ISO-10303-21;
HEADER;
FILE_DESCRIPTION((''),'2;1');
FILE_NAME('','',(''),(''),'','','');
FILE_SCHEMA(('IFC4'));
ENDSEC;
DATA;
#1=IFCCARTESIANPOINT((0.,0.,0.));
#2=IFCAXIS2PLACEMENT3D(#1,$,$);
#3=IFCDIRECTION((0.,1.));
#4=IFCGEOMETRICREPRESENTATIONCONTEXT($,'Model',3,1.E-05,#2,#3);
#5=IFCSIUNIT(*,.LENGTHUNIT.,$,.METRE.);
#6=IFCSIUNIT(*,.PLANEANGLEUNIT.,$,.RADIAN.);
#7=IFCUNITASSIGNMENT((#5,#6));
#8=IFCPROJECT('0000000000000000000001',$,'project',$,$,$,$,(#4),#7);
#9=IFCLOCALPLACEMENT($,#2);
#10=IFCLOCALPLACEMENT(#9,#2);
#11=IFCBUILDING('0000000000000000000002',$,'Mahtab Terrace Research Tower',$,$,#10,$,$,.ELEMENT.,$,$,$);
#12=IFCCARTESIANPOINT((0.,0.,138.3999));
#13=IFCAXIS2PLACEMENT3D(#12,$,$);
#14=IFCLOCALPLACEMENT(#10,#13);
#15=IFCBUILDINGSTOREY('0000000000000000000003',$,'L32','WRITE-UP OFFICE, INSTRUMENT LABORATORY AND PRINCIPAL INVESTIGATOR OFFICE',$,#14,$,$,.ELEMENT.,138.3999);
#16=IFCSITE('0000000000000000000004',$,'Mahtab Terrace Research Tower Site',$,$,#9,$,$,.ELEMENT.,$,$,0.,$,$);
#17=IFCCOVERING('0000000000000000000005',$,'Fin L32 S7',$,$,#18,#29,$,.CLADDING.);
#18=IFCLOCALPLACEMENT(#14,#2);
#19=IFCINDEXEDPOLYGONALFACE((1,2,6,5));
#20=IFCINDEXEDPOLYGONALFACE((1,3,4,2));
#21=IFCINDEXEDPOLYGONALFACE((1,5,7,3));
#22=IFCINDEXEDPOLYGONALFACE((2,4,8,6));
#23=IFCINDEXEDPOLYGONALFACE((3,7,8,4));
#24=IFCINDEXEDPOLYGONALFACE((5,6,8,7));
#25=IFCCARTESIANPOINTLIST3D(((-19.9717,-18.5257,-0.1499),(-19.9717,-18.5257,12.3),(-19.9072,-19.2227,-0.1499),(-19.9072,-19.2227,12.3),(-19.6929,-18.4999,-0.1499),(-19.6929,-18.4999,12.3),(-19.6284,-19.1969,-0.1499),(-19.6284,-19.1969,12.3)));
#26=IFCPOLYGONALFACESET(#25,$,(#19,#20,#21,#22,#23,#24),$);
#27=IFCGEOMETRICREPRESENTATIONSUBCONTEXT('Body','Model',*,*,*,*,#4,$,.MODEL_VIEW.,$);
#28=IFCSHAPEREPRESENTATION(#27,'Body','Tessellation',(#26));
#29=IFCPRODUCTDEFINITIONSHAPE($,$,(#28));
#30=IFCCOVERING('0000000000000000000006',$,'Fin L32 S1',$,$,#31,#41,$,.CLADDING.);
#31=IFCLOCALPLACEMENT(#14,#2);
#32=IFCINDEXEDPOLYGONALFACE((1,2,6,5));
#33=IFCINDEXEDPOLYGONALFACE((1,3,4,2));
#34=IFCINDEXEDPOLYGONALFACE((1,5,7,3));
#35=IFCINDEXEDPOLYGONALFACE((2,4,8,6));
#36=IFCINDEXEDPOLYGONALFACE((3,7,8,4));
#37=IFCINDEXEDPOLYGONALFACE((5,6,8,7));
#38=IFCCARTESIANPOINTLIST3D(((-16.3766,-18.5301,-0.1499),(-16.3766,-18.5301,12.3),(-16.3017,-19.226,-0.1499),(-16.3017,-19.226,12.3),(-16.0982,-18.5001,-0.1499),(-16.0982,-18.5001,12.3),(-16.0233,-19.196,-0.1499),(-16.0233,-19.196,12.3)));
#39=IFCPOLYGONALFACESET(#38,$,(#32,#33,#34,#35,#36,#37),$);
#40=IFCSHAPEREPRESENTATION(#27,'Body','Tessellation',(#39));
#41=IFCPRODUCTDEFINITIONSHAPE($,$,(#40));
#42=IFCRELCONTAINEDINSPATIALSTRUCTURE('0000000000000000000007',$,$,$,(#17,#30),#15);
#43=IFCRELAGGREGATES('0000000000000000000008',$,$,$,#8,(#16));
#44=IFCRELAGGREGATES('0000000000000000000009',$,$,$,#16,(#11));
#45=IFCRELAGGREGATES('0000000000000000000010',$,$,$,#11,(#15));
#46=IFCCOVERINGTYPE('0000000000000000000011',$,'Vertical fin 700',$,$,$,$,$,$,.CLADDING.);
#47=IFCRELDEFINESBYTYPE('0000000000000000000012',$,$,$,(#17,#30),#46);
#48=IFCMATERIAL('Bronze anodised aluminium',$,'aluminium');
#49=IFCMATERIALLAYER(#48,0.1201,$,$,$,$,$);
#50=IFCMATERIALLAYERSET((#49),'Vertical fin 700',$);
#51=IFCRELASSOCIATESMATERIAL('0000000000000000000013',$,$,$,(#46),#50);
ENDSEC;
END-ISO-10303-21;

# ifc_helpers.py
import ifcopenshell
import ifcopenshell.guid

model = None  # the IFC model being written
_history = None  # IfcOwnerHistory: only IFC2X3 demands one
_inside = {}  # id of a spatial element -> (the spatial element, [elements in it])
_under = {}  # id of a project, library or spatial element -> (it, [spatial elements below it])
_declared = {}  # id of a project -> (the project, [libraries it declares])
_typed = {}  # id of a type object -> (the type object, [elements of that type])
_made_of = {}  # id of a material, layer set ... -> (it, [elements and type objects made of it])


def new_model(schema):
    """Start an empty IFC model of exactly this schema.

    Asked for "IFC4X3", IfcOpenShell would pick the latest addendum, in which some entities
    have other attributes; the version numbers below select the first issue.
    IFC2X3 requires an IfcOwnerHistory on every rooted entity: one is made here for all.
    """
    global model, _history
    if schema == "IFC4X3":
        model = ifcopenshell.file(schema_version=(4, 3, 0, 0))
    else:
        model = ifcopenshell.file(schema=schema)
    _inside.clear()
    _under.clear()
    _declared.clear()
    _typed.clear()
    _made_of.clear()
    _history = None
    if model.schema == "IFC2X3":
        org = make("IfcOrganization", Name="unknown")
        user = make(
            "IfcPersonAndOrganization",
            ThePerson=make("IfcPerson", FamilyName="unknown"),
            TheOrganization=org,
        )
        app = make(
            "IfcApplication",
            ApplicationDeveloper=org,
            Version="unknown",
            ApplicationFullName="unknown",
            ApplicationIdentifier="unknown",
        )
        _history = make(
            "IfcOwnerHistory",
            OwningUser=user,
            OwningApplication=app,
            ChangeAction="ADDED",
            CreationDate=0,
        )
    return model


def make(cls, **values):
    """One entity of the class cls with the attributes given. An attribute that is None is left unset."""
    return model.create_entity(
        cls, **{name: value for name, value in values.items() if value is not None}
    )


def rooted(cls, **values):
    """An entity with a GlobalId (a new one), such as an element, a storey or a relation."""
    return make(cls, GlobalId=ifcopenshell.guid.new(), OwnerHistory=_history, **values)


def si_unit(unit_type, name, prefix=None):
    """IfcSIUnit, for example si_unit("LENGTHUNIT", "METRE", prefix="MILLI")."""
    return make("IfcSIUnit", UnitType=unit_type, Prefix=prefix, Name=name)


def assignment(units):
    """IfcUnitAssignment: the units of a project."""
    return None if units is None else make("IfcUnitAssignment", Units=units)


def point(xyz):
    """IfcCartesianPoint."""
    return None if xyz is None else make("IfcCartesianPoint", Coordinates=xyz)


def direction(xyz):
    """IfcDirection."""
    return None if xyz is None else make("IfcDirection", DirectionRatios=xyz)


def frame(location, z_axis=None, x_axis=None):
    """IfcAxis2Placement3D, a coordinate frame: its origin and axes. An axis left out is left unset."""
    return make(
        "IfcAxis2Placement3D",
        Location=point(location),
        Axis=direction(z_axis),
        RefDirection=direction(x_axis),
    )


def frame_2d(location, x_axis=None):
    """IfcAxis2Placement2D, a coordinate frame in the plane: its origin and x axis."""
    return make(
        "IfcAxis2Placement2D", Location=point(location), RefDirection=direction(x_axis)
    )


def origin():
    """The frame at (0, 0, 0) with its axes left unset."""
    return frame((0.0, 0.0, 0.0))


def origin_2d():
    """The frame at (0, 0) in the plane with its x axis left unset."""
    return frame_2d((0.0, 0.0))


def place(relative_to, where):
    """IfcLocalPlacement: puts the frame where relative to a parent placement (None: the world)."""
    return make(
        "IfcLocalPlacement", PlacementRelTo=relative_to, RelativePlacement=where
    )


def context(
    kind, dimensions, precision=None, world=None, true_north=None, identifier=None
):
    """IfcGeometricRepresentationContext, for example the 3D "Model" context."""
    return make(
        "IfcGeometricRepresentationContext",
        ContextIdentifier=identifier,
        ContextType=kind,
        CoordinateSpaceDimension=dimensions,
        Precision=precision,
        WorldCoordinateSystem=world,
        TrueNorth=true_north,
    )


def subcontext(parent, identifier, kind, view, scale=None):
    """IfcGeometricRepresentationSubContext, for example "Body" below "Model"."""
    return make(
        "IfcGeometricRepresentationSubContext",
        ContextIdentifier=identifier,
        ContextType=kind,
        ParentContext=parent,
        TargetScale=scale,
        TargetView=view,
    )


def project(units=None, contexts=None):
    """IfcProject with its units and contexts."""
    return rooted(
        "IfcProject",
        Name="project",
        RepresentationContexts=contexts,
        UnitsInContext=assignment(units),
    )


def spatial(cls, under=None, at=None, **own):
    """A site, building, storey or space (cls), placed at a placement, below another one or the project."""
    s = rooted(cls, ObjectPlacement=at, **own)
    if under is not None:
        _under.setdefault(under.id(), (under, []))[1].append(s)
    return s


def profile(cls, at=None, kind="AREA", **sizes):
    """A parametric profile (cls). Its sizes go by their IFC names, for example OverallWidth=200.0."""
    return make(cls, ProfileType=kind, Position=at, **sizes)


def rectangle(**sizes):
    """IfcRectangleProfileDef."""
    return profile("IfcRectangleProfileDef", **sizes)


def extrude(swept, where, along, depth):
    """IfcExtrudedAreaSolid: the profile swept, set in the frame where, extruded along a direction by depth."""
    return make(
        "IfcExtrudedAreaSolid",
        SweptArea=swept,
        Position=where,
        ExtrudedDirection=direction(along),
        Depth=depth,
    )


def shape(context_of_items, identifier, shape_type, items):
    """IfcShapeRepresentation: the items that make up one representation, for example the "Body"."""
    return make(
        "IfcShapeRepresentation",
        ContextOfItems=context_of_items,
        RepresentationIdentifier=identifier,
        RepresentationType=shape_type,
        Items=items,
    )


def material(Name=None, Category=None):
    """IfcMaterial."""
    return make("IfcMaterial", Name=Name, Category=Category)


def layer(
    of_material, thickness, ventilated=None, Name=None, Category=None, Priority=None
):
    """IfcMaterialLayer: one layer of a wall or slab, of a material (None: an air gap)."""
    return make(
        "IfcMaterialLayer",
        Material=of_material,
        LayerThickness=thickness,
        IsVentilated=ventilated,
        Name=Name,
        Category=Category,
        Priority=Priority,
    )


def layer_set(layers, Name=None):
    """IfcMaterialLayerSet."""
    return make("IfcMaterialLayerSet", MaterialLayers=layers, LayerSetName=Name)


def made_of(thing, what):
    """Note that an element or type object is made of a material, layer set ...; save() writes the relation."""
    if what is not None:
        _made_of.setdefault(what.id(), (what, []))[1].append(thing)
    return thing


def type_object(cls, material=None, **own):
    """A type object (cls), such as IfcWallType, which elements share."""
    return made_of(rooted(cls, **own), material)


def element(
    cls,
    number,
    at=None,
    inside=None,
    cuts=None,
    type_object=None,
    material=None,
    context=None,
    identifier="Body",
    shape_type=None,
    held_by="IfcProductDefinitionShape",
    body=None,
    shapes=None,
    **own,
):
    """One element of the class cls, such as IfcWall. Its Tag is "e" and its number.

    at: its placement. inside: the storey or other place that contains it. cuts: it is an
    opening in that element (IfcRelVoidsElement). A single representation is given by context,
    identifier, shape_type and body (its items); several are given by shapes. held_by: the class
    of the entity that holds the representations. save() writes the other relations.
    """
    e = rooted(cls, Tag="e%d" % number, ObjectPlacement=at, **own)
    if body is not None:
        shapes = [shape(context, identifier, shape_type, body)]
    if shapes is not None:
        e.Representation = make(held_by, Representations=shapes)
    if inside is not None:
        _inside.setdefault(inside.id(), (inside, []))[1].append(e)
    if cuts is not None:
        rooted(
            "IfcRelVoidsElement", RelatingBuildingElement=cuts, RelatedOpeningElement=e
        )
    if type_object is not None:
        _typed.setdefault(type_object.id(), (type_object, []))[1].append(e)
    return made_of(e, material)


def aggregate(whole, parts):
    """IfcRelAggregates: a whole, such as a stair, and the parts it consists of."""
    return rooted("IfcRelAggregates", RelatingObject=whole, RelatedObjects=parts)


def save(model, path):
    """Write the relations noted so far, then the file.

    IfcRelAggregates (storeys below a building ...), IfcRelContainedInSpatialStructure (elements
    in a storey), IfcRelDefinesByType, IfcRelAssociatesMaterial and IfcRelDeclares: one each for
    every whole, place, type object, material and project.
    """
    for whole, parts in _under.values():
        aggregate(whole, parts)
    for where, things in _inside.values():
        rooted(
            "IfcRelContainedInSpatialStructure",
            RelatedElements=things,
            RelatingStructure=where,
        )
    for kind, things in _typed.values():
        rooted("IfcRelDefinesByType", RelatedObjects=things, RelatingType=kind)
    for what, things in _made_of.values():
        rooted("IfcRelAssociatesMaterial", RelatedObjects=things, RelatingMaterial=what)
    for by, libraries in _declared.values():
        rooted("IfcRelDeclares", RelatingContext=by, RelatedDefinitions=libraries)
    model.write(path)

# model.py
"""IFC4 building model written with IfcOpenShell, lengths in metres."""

from ifc_helpers import new_model, si_unit, direction, frame, origin, origin_2d, place, context, subcontext, project, spatial, rectangle, extrude, material, layer, layer_set, type_object, element, save


model = new_model("IFC4")

# Units and contexts
model_context = context("Model", 3, precision=1e-05, world=origin(), true_north=direction((0.0, 1.0)))
body_context = subcontext(model_context, "Body", "Model", "MODEL_VIEW")
ifc_project = project(units=[si_unit("LENGTHUNIT", "METRE"), si_unit("PLANEANGLEUNIT", "RADIAN")], contexts=[model_context])

# Site, building, storey
site_placement = place(None, origin())
site = spatial("IfcSite", under=ifc_project, at=site_placement, Name="Mahtab Terrace Research Tower Site", CompositionType="ELEMENT", RefElevation=0.0)
building_placement = place(site_placement, origin())
building = spatial("IfcBuilding", under=site, at=building_placement, Name="Mahtab Terrace Research Tower", CompositionType="ELEMENT")
storey_placement = place(building_placement, frame((0.0, 0.0, 138.3999)))
storey = spatial("IfcBuildingStorey", under=building, at=storey_placement, Name="L32", Description="WRITE-UP OFFICE, INSTRUMENT LABORATORY AND PRINCIPAL INVESTIGATOR OFFICE", CompositionType="ELEMENT", Elevation=138.3999)

# Coverings
ifc_material_1 = material(Name="Bronze anodised aluminium", Category="aluminium")
ifc_layer_1 = layer(ifc_material_1, 0.1201)
ifc_layer_set_1 = layer_set([ifc_layer_1], Name="Vertical fin 700")
covering_type = type_object("IfcCoveringType", Name="Vertical fin 700", PredefinedType="CLADDING", material=ifc_layer_set_1)
for number, where, z_axis, x_axis, name in (
    (1, (-19.8, -18.8613, -0.1499), (0.0, 0.0, 1.0), (0.995748, 0.092122, 0.0), "Fin L32 S7"),
    (2, (-16.2, -18.863, -0.1499), (0.0, 0.0, 1.0), (0.994258, 0.107008, 0.0), "Fin L32 S1"),
):
    element("IfcCovering", number, at=place(storey_placement, frame(where, z_axis=z_axis, x_axis=x_axis)), inside=storey, type_object=covering_type, Name=name, PredefinedType="CLADDING", context=body_context, shape_type="SweptSolid", body=[
        extrude(rectangle(XDim=0.28, YDim=0.7, at=origin_2d()), origin(), (0.0, 0.0, 1.0), 12.45),
    ])

save(model, "model.ifc")
